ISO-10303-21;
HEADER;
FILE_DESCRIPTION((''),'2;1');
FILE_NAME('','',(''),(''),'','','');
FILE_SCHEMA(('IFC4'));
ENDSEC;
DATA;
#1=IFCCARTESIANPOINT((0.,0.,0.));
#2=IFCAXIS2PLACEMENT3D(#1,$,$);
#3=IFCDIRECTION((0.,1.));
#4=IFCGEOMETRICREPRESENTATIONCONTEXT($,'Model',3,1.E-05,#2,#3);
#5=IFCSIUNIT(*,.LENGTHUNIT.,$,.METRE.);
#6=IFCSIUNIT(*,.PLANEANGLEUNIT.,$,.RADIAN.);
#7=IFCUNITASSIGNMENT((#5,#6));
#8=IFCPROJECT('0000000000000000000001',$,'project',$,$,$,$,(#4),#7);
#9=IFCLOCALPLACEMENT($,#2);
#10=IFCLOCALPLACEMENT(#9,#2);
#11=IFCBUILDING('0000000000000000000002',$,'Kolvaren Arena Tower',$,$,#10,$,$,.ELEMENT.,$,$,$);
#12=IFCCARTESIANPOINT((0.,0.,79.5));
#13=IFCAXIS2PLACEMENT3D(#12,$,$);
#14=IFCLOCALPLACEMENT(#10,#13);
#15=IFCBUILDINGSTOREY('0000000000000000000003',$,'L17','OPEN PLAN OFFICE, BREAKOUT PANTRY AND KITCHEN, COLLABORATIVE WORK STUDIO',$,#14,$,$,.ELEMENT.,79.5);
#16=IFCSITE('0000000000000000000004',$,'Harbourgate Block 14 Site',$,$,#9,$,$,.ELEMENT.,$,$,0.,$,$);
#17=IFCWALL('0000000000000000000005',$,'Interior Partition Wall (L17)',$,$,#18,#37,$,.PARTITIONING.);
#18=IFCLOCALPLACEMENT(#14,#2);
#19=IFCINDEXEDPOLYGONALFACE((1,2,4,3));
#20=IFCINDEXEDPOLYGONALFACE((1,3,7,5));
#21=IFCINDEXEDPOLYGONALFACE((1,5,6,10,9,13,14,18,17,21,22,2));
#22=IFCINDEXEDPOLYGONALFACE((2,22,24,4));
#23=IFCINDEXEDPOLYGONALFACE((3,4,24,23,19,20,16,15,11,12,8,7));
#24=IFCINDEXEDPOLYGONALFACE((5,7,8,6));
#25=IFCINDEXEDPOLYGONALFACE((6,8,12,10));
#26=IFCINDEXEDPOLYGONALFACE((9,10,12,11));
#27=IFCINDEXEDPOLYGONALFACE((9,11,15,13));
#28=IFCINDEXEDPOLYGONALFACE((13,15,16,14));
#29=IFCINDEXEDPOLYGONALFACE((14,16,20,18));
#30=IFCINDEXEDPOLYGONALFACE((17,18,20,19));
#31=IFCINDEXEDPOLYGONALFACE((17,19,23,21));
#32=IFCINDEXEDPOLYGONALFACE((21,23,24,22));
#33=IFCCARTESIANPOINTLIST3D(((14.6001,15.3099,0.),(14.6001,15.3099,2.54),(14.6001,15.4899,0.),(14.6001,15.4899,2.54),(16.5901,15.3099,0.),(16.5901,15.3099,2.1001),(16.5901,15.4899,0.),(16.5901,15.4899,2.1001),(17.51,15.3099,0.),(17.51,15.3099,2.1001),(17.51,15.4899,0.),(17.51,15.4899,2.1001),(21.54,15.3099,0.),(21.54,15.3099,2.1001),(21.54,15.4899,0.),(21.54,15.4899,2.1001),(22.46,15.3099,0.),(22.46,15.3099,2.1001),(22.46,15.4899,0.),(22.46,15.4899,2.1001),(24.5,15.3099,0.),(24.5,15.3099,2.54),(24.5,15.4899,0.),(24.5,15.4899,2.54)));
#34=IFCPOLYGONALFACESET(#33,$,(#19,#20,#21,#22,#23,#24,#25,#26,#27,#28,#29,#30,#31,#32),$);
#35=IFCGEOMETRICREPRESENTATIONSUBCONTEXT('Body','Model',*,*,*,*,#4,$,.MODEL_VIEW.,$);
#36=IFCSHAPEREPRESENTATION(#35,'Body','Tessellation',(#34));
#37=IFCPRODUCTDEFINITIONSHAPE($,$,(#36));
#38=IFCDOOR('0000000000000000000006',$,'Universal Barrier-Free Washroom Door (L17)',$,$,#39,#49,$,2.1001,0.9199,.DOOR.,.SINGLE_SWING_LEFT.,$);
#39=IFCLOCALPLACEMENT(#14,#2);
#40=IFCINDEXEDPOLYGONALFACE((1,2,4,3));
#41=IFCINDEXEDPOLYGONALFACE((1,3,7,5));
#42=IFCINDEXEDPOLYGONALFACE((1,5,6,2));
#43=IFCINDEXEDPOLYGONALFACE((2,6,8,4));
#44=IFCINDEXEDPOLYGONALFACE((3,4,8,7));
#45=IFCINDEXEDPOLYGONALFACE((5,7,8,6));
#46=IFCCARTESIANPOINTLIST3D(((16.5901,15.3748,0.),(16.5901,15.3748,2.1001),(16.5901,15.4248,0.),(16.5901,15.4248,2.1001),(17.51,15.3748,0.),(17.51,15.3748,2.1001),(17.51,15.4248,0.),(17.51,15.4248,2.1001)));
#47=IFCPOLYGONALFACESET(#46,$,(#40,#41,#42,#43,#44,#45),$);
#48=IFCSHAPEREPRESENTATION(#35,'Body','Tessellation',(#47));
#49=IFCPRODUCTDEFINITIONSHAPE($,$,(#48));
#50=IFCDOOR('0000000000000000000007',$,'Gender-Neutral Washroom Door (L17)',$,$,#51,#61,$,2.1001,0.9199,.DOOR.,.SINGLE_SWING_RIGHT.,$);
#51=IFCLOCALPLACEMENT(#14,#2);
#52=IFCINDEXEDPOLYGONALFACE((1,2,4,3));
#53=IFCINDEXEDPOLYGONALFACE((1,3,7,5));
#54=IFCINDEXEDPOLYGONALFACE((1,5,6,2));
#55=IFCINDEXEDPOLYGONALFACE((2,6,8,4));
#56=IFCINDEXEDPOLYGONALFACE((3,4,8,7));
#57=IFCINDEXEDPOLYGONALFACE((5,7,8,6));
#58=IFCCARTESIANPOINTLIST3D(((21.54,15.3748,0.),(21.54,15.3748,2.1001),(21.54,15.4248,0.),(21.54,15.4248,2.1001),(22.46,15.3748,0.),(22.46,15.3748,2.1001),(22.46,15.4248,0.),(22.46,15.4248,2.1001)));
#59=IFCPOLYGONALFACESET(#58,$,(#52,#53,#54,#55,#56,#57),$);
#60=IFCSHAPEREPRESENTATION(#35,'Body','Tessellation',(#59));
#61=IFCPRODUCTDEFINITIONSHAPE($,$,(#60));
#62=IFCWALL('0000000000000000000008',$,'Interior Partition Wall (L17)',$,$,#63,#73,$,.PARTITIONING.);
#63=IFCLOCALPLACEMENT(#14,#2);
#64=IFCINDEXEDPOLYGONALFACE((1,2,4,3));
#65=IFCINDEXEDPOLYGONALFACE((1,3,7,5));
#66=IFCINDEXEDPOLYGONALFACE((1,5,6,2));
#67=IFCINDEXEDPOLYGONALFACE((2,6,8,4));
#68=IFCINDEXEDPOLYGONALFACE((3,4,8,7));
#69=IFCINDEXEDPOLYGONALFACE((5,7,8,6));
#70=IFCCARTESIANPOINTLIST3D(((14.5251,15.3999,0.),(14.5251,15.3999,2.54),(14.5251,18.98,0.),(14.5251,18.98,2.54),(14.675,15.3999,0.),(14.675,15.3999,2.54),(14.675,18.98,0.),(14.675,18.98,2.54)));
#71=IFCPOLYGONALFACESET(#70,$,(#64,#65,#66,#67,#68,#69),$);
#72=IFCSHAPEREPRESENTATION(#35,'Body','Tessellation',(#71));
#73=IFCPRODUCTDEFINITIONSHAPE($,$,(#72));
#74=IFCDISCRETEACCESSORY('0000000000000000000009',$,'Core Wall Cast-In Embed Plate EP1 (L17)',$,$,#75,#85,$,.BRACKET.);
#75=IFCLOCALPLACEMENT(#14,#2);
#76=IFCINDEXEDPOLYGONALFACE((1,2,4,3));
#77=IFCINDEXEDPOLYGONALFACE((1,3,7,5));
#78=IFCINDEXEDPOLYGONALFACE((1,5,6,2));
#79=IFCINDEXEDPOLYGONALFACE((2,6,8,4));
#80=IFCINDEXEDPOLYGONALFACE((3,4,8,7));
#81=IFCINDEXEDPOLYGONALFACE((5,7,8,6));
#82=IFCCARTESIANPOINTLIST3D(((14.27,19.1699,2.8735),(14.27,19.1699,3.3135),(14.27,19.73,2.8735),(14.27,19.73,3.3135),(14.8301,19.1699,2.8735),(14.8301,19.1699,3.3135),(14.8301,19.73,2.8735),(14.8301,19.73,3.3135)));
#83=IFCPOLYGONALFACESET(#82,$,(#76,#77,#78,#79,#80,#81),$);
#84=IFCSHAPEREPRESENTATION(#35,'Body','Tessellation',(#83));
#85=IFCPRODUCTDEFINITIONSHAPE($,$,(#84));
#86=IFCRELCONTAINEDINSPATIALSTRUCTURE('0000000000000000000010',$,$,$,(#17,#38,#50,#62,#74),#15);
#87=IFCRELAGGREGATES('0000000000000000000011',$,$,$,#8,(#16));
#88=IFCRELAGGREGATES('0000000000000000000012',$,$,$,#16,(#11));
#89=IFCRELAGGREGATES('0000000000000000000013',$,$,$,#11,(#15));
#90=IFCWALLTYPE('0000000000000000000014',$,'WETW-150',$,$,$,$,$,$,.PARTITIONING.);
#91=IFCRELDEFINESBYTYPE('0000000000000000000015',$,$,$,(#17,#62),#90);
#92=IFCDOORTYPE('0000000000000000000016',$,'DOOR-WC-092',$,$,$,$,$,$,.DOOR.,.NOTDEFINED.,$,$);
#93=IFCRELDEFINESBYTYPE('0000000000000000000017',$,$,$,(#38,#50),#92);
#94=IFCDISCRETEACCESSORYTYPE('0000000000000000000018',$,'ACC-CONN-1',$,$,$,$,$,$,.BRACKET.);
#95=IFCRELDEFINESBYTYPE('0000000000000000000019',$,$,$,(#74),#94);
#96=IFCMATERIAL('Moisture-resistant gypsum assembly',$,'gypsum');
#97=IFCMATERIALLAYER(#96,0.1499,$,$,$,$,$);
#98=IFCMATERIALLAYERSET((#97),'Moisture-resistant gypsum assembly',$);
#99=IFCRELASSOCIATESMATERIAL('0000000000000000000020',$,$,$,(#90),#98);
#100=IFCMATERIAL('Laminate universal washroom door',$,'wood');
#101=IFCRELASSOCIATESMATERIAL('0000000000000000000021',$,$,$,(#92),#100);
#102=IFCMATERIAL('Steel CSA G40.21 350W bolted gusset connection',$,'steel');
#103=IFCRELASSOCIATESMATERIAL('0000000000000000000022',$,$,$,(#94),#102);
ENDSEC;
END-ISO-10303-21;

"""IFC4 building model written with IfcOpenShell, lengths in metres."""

from ifc_helpers import new_model, si_unit, direction, frame, frame_2d, origin, origin_2d, place, context, subcontext, project, spatial, rectangle, extrude, material, layer, layer_set, type_object, element, fill, save


model = new_model("IFC4")

# Units and contexts
model_context = context("Model", 3, precision=1e-05, world=origin(), true_north=direction((0.0, 1.0)))
body_context = subcontext(model_context, "Body", "Model", "MODEL_VIEW")
ifc_project = project(units=[si_unit("LENGTHUNIT", "METRE"), si_unit("PLANEANGLEUNIT", "RADIAN")], contexts=[model_context])

# Site, building, storey
site_placement = place(None, origin())
site = spatial("IfcSite", under=ifc_project, at=site_placement, Name="Harbourgate Block 14 Site", CompositionType="ELEMENT", RefElevation=0.0)
building_placement = place(site_placement, origin())
building = spatial("IfcBuilding", under=site, at=building_placement, Name="Kolvaren Arena Tower", CompositionType="ELEMENT")
storey_placement = place(building_placement, frame((0.0, 0.0, 79.5)))
storey = spatial("IfcBuildingStorey", under=building, at=storey_placement, Name="L17", Description="OPEN PLAN OFFICE, BREAKOUT PANTRY AND KITCHEN, COLLABORATIVE WORK STUDIO", CompositionType="ELEMENT", Elevation=79.5)

# Wall, openings, doors
ifc_material_1 = material(Name="Moisture-resistant gypsum assembly", Category="gypsum")
ifc_layer_1 = layer(ifc_material_1, 0.1499)
ifc_layer_set_1 = layer_set([ifc_layer_1], Name="Moisture-resistant gypsum assembly")
wall_type_1 = type_object("IfcWallType", Name="WETW-150", PredefinedType="PARTITIONING", material=ifc_layer_set_1)
wall_1_placement = place(storey_placement, frame((14.6001, 15.3999, 0.0), z_axis=(0.0, 0.0, 1.0), x_axis=(1.0, 0.0, 0.0)))
wall_1 = element("IfcWall", 1, at=wall_1_placement, inside=storey, type_object=wall_type_1, Name="Interior Partition Wall (L17)", PredefinedType="PARTITIONING", context=body_context, shape_type="SweptSolid", body=[
    extrude(rectangle(XDim=9.8999, YDim=0.1799, at=frame_2d((4.95, 0.0))), origin(), (0.0, 0.0, 1.0), 2.54),
])
opening_1_placement = place(wall_1_placement, frame((1.99, 0.0, 0.0)))
opening_1 = element("IfcOpeningElement", 2, at=opening_1_placement, cuts=wall_1, PredefinedType="OPENING", context=body_context, shape_type="SweptSolid", body=[
    extrude(rectangle(XDim=0.9199, YDim=2.1001, at=frame_2d((0.46, 1.05))), frame((0.0, 0.0999, 0.0), z_axis=(0.0, -1.0, 0.0), x_axis=(1.0, 0.0, 0.0)), (0.0, 0.0, 1.0), 0.2),
])
opening_2_placement = place(wall_1_placement, frame((6.9399, 0.0, 0.0)))
opening_2 = element("IfcOpeningElement", 3, at=opening_2_placement, cuts=wall_1, PredefinedType="OPENING", context=body_context, shape_type="SweptSolid", body=[
    extrude(rectangle(XDim=0.9199, YDim=2.1001, at=frame_2d((0.46, 1.05))), frame((0.0, 0.0999, 0.0), z_axis=(0.0, -1.0, 0.0), x_axis=(1.0, 0.0, 0.0)), (0.0, 0.0, 1.0), 0.2),
])
ifc_material_2 = material(Name="Laminate universal washroom door", Category="wood")
door_type_1 = type_object("IfcDoorType", Name="DOOR-WC-092", OperationType="NOTDEFINED", PredefinedType="DOOR", material=ifc_material_2)
door_1_placement = place(opening_1_placement, origin())
door_1 = element("IfcDoor", 4, at=door_1_placement, inside=storey, type_object=door_type_1, Name="Universal Barrier-Free Washroom Door (L17)", OperationType="SINGLE_SWING_LEFT", OverallHeight=2.1001, OverallWidth=0.9199, PredefinedType="DOOR", context=body_context, shape_type="SweptSolid", body=[
    extrude(rectangle(XDim=0.9199, YDim=2.1001, at=frame_2d((0.46, 1.05))), frame((0.0, 0.0249, 0.0), z_axis=(0.0, -1.0, 0.0), x_axis=(1.0, 0.0, 0.0)), (0.0, 0.0, 1.0), 0.05),
])
fill(opening_1, door_1)
door_2_placement = place(opening_2_placement, origin())
door_2 = element("IfcDoor", 5, at=door_2_placement, inside=storey, type_object=door_type_1, Name="Gender-Neutral Washroom Door (L17)", OperationType="SINGLE_SWING_RIGHT", OverallHeight=2.1001, OverallWidth=0.9199, PredefinedType="DOOR", context=body_context, shape_type="SweptSolid", body=[
    extrude(rectangle(XDim=0.9199, YDim=2.1001, at=frame_2d((0.46, 1.05))), frame((0.0, 0.0249, 0.0), z_axis=(0.0, -1.0, 0.0), x_axis=(1.0, 0.0, 0.0)), (0.0, 0.0, 1.0), 0.05),
])
fill(opening_2, door_2)

# Wall
wall_2_placement = place(storey_placement, frame((14.6001, 15.3999, 0.0), z_axis=(0.0, 0.0, 1.0), x_axis=(0.0, 1.0, 0.0)))
element("IfcWall", 6, at=wall_2_placement, inside=storey, type_object=wall_type_1, Name="Interior Partition Wall (L17)", PredefinedType="PARTITIONING", context=body_context, shape_type="SweptSolid", body=[
    extrude(rectangle(XDim=3.5801, YDim=0.1499, at=frame_2d((1.79, 0.0))), origin(), (0.0, 0.0, 1.0), 2.54),
])

# Discrete accessory
ifc_material_3 = material(Name="Steel CSA G40.21 350W bolted gusset connection", Category="steel")
discrete_accessory_type = type_object("IfcDiscreteAccessoryType", Name="ACC-CONN-1", PredefinedType="BRACKET", material=ifc_material_3)
discrete_accessory_placement = place(storey_placement, frame((14.55, 19.45, 2.8735), z_axis=(0.0, 0.0, 1.0), x_axis=(1.0, 0.0, 0.0)))
element("IfcDiscreteAccessory", 7, at=discrete_accessory_placement, inside=storey, type_object=discrete_accessory_type, Name="Core Wall Cast-In Embed Plate EP1 (L17)", PredefinedType="BRACKET", context=body_context, shape_type="SweptSolid", body=[
    extrude(rectangle(XDim=0.5601, YDim=0.5601, at=origin_2d()), origin(), (0.0, 0.0, 1.0), 0.4399),
])

save(model, "model.ifc")
